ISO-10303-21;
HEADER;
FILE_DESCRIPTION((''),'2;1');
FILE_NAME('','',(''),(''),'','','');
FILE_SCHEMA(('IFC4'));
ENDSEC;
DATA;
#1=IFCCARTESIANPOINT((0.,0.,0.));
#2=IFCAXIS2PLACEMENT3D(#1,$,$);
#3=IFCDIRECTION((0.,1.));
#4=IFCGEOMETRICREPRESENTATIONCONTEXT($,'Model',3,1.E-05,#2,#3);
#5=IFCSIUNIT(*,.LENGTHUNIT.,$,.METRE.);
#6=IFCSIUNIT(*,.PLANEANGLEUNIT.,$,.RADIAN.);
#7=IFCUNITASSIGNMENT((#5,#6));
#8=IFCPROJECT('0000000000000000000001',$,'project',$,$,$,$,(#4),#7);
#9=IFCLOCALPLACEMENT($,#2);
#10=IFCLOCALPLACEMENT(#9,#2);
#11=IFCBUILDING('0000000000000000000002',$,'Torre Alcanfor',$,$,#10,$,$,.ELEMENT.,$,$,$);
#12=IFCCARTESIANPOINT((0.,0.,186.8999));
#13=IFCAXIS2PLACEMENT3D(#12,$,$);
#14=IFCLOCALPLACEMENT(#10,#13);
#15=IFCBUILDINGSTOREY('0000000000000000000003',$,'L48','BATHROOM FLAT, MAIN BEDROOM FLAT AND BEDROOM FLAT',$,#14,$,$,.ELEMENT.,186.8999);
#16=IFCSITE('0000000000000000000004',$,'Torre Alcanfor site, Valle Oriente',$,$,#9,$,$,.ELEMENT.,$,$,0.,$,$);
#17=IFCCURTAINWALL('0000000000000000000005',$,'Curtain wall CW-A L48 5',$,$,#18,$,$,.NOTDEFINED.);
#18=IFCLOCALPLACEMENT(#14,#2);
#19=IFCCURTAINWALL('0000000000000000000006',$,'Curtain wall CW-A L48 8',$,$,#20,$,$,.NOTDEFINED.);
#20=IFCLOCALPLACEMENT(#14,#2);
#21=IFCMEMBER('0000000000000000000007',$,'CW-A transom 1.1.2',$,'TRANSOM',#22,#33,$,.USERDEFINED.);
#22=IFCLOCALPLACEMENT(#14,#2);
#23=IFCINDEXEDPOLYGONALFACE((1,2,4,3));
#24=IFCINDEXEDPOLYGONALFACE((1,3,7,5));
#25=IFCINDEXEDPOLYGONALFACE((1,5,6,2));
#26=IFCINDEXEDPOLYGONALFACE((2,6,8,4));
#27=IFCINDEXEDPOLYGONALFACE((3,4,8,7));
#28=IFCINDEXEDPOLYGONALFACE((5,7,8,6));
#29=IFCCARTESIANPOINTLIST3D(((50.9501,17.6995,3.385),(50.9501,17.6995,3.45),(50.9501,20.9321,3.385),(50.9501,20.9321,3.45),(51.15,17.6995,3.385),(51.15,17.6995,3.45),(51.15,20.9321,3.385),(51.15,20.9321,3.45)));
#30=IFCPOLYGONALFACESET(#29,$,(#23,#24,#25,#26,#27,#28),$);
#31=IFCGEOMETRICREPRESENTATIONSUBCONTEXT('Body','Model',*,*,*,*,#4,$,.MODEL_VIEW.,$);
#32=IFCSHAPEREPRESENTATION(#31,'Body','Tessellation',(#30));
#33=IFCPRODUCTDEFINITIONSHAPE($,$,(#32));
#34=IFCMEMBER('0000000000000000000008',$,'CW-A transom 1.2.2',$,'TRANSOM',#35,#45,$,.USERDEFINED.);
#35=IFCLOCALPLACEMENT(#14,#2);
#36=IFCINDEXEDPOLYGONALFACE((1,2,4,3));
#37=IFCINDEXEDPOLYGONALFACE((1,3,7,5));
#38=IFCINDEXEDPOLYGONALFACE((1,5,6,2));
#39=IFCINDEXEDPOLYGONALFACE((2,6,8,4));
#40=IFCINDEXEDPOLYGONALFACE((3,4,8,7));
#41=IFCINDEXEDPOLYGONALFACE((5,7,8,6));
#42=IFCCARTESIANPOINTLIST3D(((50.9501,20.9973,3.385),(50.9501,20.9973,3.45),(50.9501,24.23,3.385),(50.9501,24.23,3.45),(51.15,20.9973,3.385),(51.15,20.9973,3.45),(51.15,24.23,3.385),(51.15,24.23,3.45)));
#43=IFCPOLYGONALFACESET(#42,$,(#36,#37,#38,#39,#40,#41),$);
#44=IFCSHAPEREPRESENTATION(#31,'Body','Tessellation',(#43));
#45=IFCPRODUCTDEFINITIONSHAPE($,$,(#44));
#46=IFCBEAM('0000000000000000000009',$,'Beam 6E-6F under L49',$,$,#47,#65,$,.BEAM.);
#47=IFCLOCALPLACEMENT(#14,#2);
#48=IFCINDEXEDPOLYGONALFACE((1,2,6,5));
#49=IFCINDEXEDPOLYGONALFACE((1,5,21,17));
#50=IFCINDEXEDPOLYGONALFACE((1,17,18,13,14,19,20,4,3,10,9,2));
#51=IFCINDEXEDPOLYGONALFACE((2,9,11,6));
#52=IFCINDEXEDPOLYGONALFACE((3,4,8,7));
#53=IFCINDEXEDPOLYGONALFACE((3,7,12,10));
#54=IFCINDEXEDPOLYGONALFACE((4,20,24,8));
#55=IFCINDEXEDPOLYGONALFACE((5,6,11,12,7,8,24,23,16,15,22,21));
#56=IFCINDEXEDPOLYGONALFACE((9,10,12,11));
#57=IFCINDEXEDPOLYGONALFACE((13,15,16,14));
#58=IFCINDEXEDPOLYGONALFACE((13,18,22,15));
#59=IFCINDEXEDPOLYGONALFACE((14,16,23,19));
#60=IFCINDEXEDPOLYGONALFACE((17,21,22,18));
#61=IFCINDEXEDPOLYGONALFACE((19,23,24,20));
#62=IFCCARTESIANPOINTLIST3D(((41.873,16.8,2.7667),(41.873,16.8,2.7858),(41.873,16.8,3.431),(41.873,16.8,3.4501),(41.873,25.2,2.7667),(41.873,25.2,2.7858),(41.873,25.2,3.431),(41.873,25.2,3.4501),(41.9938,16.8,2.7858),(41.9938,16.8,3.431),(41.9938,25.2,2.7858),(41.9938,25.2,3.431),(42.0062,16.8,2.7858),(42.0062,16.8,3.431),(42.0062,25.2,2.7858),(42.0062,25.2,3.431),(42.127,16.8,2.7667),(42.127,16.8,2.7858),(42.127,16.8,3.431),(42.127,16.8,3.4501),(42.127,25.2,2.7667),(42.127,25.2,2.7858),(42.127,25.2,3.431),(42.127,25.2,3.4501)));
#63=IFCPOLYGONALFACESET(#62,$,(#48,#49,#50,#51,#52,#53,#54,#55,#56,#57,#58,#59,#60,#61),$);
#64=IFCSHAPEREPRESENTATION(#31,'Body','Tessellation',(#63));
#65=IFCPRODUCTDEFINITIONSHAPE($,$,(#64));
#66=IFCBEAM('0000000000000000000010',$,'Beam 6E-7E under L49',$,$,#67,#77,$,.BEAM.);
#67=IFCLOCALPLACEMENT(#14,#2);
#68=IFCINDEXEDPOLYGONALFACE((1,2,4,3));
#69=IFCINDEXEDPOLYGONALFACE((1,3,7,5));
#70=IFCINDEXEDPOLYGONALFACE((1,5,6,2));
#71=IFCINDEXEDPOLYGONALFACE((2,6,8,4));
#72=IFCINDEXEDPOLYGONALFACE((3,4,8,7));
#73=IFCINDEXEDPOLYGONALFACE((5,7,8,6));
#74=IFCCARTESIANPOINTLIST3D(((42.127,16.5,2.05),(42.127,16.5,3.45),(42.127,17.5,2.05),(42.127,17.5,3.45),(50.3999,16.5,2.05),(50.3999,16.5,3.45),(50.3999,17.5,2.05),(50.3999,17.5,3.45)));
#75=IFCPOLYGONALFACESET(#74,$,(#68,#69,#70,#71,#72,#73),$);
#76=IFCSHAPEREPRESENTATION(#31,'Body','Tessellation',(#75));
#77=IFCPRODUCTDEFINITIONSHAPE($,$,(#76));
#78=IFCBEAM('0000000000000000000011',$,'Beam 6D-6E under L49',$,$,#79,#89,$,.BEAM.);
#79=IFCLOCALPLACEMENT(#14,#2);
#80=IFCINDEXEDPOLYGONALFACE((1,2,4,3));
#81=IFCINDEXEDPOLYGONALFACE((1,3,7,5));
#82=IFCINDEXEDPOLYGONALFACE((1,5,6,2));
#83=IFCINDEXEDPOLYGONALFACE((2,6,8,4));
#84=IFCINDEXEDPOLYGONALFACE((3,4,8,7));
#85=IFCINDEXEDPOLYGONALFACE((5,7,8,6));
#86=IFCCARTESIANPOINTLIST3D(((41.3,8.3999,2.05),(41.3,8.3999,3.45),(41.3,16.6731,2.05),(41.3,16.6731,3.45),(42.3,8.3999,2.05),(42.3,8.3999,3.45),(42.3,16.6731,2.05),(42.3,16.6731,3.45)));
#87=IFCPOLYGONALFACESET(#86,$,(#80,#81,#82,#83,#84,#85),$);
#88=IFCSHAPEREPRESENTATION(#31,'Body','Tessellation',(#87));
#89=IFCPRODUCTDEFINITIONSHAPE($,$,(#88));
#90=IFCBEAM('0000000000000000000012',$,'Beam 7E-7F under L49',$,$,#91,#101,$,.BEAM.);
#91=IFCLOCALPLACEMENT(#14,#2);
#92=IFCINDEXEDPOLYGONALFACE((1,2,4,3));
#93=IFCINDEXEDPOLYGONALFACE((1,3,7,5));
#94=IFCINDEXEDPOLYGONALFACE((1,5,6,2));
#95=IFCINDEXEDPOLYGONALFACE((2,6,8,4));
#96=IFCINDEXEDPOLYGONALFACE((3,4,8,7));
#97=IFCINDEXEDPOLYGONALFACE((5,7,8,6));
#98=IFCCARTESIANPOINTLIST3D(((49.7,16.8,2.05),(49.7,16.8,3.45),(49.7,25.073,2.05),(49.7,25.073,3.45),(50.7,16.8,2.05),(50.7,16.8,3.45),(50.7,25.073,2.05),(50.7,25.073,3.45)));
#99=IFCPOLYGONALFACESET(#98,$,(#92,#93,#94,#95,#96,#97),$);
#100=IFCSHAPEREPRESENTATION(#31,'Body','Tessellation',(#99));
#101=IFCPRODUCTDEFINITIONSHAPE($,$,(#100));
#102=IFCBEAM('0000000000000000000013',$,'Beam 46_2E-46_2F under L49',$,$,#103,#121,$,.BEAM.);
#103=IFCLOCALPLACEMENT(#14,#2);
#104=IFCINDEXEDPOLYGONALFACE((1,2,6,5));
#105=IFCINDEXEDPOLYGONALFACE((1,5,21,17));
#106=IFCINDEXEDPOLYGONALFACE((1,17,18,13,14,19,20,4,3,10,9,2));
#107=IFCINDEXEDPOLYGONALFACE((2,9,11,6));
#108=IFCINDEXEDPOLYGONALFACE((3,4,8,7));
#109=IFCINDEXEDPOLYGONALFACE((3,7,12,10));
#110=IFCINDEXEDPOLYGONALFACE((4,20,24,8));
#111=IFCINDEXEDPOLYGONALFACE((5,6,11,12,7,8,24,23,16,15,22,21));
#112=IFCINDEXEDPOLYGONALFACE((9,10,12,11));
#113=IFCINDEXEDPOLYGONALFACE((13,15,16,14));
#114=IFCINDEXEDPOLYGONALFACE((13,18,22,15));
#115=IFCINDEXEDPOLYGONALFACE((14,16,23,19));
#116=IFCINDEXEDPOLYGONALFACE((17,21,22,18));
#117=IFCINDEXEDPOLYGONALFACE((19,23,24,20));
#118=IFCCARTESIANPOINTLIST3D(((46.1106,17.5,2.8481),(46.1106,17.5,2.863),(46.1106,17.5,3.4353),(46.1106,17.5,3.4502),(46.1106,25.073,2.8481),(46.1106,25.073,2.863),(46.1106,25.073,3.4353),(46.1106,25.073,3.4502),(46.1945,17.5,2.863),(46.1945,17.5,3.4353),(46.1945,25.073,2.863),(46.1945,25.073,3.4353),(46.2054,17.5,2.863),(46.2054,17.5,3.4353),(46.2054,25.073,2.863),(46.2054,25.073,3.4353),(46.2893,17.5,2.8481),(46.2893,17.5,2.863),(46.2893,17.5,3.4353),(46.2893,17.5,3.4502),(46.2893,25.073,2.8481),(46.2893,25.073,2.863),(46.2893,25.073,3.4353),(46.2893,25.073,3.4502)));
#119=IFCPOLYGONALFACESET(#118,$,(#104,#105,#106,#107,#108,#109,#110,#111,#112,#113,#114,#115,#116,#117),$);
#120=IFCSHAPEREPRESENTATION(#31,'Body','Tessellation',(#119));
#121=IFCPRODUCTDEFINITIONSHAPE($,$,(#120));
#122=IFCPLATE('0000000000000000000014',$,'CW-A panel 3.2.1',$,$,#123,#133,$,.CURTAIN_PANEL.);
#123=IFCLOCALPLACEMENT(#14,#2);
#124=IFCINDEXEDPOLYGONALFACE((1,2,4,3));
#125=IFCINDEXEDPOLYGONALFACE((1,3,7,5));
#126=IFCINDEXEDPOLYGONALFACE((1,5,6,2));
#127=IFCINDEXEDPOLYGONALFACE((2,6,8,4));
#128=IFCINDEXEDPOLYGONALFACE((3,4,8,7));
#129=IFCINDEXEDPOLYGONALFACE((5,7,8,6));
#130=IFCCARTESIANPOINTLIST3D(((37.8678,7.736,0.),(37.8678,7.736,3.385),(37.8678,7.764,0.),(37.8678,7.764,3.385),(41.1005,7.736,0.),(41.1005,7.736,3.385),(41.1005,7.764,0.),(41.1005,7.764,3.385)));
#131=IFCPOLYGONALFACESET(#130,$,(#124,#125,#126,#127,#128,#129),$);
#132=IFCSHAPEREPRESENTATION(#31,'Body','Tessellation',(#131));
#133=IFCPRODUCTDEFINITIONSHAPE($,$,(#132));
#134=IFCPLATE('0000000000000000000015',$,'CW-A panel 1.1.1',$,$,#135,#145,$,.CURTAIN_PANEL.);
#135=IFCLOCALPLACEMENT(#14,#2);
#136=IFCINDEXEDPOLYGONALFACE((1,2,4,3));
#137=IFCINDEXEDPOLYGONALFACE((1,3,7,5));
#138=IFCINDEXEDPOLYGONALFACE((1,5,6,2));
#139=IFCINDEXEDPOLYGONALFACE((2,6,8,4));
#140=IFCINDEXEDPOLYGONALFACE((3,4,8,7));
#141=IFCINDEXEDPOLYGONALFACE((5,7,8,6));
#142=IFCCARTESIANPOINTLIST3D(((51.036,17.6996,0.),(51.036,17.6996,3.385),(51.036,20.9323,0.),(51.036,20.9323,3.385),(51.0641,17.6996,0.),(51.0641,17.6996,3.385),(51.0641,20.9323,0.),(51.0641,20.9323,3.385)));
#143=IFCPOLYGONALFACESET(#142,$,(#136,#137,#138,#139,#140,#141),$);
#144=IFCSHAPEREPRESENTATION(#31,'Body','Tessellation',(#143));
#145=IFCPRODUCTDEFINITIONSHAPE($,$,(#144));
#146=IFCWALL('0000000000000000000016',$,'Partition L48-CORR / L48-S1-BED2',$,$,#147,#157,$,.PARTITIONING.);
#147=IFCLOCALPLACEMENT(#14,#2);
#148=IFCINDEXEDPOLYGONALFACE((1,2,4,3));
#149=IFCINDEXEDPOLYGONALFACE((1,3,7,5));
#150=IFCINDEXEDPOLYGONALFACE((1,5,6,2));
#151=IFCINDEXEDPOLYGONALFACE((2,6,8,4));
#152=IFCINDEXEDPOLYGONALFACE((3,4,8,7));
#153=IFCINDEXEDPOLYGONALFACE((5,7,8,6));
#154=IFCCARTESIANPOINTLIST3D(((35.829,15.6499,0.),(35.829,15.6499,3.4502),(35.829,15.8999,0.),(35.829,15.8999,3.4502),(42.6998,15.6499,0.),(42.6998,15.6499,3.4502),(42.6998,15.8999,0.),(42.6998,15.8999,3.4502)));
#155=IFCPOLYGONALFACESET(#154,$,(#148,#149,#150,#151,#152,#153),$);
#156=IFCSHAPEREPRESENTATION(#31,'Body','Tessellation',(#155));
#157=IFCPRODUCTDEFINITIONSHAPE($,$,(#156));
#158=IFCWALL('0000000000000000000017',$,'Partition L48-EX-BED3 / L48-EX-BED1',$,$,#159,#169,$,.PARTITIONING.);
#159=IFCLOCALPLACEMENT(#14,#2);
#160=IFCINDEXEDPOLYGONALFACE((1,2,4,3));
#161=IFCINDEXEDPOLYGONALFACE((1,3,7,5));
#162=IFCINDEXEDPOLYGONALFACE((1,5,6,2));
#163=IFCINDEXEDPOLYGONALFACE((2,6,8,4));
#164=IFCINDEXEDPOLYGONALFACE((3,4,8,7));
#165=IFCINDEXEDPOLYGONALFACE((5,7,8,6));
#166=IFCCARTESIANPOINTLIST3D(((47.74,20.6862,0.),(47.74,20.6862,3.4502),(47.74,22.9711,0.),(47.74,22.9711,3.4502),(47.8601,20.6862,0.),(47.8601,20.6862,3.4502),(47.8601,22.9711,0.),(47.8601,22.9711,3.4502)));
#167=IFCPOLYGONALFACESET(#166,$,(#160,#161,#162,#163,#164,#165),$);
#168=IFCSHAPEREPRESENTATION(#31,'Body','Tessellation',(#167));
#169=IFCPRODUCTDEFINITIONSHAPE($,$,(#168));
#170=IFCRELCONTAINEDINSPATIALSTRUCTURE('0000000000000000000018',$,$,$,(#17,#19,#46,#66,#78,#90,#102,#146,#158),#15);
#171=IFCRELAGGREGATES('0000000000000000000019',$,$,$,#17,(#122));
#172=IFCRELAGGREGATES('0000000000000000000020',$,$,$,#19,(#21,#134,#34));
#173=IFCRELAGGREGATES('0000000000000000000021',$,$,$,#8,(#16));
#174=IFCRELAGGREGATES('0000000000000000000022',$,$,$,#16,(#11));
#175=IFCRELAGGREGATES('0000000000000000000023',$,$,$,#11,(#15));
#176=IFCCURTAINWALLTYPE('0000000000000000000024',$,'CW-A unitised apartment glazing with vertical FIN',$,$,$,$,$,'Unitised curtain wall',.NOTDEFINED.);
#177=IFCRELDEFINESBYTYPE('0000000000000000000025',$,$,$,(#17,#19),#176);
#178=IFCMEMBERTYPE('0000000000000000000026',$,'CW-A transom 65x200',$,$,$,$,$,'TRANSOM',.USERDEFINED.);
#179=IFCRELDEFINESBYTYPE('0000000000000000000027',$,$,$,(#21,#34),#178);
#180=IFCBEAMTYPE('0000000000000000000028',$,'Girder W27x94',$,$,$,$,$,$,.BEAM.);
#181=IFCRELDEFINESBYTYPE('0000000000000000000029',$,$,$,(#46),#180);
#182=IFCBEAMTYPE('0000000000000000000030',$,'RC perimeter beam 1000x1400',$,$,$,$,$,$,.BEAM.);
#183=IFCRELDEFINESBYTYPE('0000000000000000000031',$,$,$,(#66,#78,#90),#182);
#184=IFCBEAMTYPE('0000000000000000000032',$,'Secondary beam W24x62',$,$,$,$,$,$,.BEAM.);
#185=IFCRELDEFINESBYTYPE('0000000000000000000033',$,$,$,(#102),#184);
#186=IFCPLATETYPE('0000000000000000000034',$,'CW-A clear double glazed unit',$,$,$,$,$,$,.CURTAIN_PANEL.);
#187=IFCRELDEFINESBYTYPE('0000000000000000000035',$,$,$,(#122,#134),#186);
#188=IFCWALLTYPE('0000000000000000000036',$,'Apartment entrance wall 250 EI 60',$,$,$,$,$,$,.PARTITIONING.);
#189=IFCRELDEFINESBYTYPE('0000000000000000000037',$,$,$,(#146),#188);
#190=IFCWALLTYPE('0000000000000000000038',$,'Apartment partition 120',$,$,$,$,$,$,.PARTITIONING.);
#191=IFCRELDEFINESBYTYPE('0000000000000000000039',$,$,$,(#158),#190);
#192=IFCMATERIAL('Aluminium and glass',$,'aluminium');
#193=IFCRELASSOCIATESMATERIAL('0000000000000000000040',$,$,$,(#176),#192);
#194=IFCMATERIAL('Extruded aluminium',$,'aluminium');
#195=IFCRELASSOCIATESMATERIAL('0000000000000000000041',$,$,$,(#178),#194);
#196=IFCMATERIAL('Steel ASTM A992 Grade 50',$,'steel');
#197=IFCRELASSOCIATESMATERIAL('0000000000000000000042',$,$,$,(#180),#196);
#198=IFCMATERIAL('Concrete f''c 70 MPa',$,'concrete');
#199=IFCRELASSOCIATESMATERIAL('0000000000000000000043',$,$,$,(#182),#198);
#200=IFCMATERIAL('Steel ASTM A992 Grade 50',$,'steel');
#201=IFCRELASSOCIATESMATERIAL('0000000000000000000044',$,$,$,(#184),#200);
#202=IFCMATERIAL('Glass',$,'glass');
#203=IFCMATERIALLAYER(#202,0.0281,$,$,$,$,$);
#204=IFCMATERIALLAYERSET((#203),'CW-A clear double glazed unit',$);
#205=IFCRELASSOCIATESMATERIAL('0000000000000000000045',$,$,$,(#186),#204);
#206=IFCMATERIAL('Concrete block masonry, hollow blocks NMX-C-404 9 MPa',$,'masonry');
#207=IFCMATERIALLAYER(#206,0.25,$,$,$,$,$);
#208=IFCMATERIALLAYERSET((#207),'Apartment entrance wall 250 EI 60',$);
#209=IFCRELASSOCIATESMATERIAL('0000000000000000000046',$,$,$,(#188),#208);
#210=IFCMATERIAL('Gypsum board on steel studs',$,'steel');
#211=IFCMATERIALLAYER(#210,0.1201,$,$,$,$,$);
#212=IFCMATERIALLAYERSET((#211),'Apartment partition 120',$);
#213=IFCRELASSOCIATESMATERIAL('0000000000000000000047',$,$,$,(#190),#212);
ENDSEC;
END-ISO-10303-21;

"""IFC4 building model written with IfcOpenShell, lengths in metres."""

from ifc_helpers import new_model, si_unit, direction, frame, frame_2d, origin, origin_2d, place, context, subcontext, project, spatial, rectangle, i_section, extrude, material, layer, layer_set, material_profile, profile_set, type_object, element, aggregate, save


model = new_model("IFC4")

# Units and contexts
model_context = context("Model", 3, precision=1e-05, world=origin(), true_north=direction((0.0, 1.0)))
body_context = subcontext(model_context, "Body", "Model", "MODEL_VIEW")
ifc_project = project(units=[si_unit("LENGTHUNIT", "METRE"), si_unit("PLANEANGLEUNIT", "RADIAN")], contexts=[model_context])

# Site, building, storey
site_placement = place(None, origin())
site = spatial("IfcSite", under=ifc_project, at=site_placement, Name="Torre Alcanfor site, Valle Oriente", CompositionType="ELEMENT", RefElevation=0.0)
building_placement = place(site_placement, origin())
building = spatial("IfcBuilding", under=site, at=building_placement, Name="Torre Alcanfor", CompositionType="ELEMENT")
storey_placement = place(building_placement, frame((0.0, 0.0, 186.8999)))
storey = spatial("IfcBuildingStorey", under=building, at=storey_placement, Name="L48", Description="BATHROOM FLAT, MAIN BEDROOM FLAT AND BEDROOM FLAT", CompositionType="ELEMENT", Elevation=186.8999)

# Curtain wall
ifc_material_1 = material(Name="Aluminium and glass", Category="aluminium")
curtain_wall_type = type_object("IfcCurtainWallType", Name="CW-A unitised apartment glazing with vertical FIN", ElementType="Unitised curtain wall", PredefinedType="NOTDEFINED", material=ifc_material_1)
curtain_wall_1_placement = place(storey_placement, origin())
curtain_wall_1 = element("IfcCurtainWall", 1, at=curtain_wall_1_placement, inside=storey, type_object=curtain_wall_type, Name="Curtain wall CW-A L48 5", PredefinedType="NOTDEFINED")

# Curtain wall
curtain_wall_2_placement = place(storey_placement, origin())
curtain_wall_2 = element("IfcCurtainWall", 2, at=curtain_wall_2_placement, inside=storey, type_object=curtain_wall_type, Name="Curtain wall CW-A L48 8", PredefinedType="NOTDEFINED")

# Members
ifc_material_2 = material(Name="Extruded aluminium", Category="aluminium")
ifc_material_profile_1 = material_profile(ifc_material_2, rectangle(XDim=0.2, YDim=0.0649, at=origin_2d()), Name="CW-A transom 200x65")
ifc_profile_set_1 = profile_set([ifc_material_profile_1], Name="Extruded aluminium")
member_type_1 = type_object("IfcMemberType", Name="CW-A transom 65x200", ElementType="TRANSOM", PredefinedType="USERDEFINED", material=ifc_profile_set_1)
member_1_placement = place(storey_placement, frame((51.05, 17.6995, 3.4175), z_axis=(0.0, 1.0, 0.0), x_axis=(-1.0, 0.0, 0.0)))
member_1 = element("IfcMember", 3, at=member_1_placement, type_object=member_type_1, Name="CW-A transom 1.1.2", ObjectType="TRANSOM", PredefinedType="USERDEFINED", context=body_context, shape_type="SweptSolid", body=[
    extrude(rectangle(XDim=0.2, YDim=0.0649, at=origin_2d()), origin(), (0.0, 0.0, 1.0), 3.2327),
])
member_2_placement = place(storey_placement, frame((51.05, 20.9973, 3.4175), z_axis=(0.0, 1.0, 0.0), x_axis=(-1.0, 0.0, 0.0)))
member_2 = element("IfcMember", 4, at=member_2_placement, type_object=member_type_1, Name="CW-A transom 1.2.2", ObjectType="TRANSOM", PredefinedType="USERDEFINED", context=body_context, shape_type="SweptSolid", body=[
    extrude(rectangle(XDim=0.2, YDim=0.0649, at=origin_2d()), origin(), (0.0, 0.0, 1.0), 3.2327),
])

# Beams
ifc_material_3 = material(Name="Steel ASTM A992 Grade 50", Category="steel")
ifc_material_profile_2 = material_profile(ifc_material_3, i_section(OverallWidth=0.2539, OverallDepth=0.6833, WebThickness=0.0125, FlangeThickness=0.019, at=origin_2d()), Name="W27x94")
ifc_profile_set_2 = profile_set([ifc_material_profile_2], Name="Steel ASTM A992 Grade 50")
beam_type_1 = type_object("IfcBeamType", Name="Girder W27x94", PredefinedType="BEAM", material=ifc_profile_set_2)
beam_1_placement = place(storey_placement, frame((42.0, 16.8, 3.1084), z_axis=(0.0, 1.0, 0.0), x_axis=(-1.0, 0.0, 0.0)))
element("IfcBeam", 5, at=beam_1_placement, inside=storey, type_object=beam_type_1, Name="Beam 6E-6F under L49", PredefinedType="BEAM", context=body_context, shape_type="SweptSolid", body=[
    extrude(i_section(OverallWidth=0.2539, OverallDepth=0.6833, WebThickness=0.0125, FlangeThickness=0.019, at=origin_2d()), origin(), (0.0, 0.0, 1.0), 8.3999),
])
ifc_material_4 = material(Name="Concrete f'c 70 MPa", Category="concrete")
ifc_material_profile_3 = material_profile(ifc_material_4, rectangle(XDim=1.0, YDim=1.3999, at=origin_2d()), Name="1000x1400")
ifc_profile_set_3 = profile_set([ifc_material_profile_3], Name="Concrete f'c 70 MPa")
beam_type_2 = type_object("IfcBeamType", Name="RC perimeter beam 1000x1400", PredefinedType="BEAM", material=ifc_profile_set_3)
beam_2_placement = place(storey_placement, frame((42.127, 17.0, 2.75), z_axis=(1.0, 0.0, 0.0), x_axis=(0.0, 1.0, 0.0)))
element("IfcBeam", 6, at=beam_2_placement, inside=storey, type_object=beam_type_2, Name="Beam 6E-7E under L49", PredefinedType="BEAM", context=body_context, shape_type="SweptSolid", body=[
    extrude(rectangle(XDim=1.0, YDim=1.3999, at=origin_2d()), origin(), (0.0, 0.0, 1.0), 8.2729),
])
beam_3_placement = place(storey_placement, frame((41.8, 8.3999, 2.75), z_axis=(0.0, 1.0, 0.0), x_axis=(-1.0, 0.0, 0.0)))
element("IfcBeam", 7, at=beam_3_placement, inside=storey, type_object=beam_type_2, Name="Beam 6D-6E under L49", PredefinedType="BEAM", context=body_context, shape_type="SweptSolid", body=[
    extrude(rectangle(XDim=1.0, YDim=1.3999, at=origin_2d()), origin(), (0.0, 0.0, 1.0), 8.2732),
])
beam_4_placement = place(storey_placement, frame((50.2, 16.8, 2.75), z_axis=(0.0, 1.0, 0.0), x_axis=(-1.0, 0.0, 0.0)))
element("IfcBeam", 8, at=beam_4_placement, inside=storey, type_object=beam_type_2, Name="Beam 7E-7F under L49", PredefinedType="BEAM", context=body_context, shape_type="SweptSolid", body=[
    extrude(rectangle(XDim=1.0, YDim=1.3999, at=origin_2d()), origin(), (0.0, 0.0, 1.0), 8.2729),
])
ifc_material_5 = material(Name="Steel ASTM A992 Grade 50", Category="steel")
ifc_material_profile_4 = material_profile(ifc_material_5, i_section(OverallWidth=0.1787, OverallDepth=0.6021, WebThickness=0.011, FlangeThickness=0.0149, at=origin_2d()), Name="W24x62")
ifc_profile_set_4 = profile_set([ifc_material_profile_4], Name="Steel ASTM A992 Grade 50")
beam_type_3 = type_object("IfcBeamType", Name="Secondary beam W24x62", PredefinedType="BEAM", material=ifc_profile_set_4)
beam_5_placement = place(storey_placement, frame((46.2, 17.5, 3.1492), z_axis=(0.0, 1.0, 0.0), x_axis=(-1.0, 0.0, 0.0)))
element("IfcBeam", 9, at=beam_5_placement, inside=storey, type_object=beam_type_3, Name="Beam 46_2E-46_2F under L49", PredefinedType="BEAM", context=body_context, shape_type="SweptSolid", body=[
    extrude(i_section(OverallWidth=0.1787, OverallDepth=0.6021, WebThickness=0.011, FlangeThickness=0.0149, at=origin_2d()), origin(), (0.0, 0.0, 1.0), 7.573),
])

# Plates
ifc_material_6 = material(Name="Glass", Category="glass")
ifc_layer_1 = layer(ifc_material_6, 0.0281)
ifc_layer_set_1 = layer_set([ifc_layer_1], Name="CW-A clear double glazed unit")
plate_type = type_object("IfcPlateType", Name="CW-A clear double glazed unit", PredefinedType="CURTAIN_PANEL", material=ifc_layer_set_1)
plate_1_placement = place(storey_placement, frame((39.4841, 7.75, 0.0), z_axis=(0.0, 0.0, 1.0), x_axis=(1.0, 0.0, 0.0)))
plate_1 = element("IfcPlate", 10, at=plate_1_placement, type_object=plate_type, Name="CW-A panel 3.2.1", PredefinedType="CURTAIN_PANEL", context=body_context, shape_type="SweptSolid", body=[
    extrude(rectangle(XDim=3.2327, YDim=0.0281, at=origin_2d()), origin(), (0.0, 0.0, 1.0), 3.385),
])
aggregate(curtain_wall_1, [plate_1])
plate_2_placement = place(storey_placement, frame((51.05, 19.3159, 0.0), z_axis=(0.0, 0.0, 1.0), x_axis=(0.0, 1.0, 0.0)))
plate_2 = element("IfcPlate", 11, at=plate_2_placement, type_object=plate_type, Name="CW-A panel 1.1.1", PredefinedType="CURTAIN_PANEL", context=body_context, shape_type="SweptSolid", body=[
    extrude(rectangle(XDim=3.2327, YDim=0.0281, at=origin_2d()), origin(), (0.0, 0.0, 1.0), 3.385),
])
aggregate(curtain_wall_2, [member_1, plate_2, member_2])

# Walls
ifc_material_7 = material(Name="Concrete block masonry, hollow blocks NMX-C-404 9 MPa", Category="masonry")
ifc_layer_2 = layer(ifc_material_7, 0.25)
ifc_layer_set_2 = layer_set([ifc_layer_2], Name="Apartment entrance wall 250 EI 60")
wall_type_1 = type_object("IfcWallType", Name="Apartment entrance wall 250 EI 60", PredefinedType="PARTITIONING", material=ifc_layer_set_2)
wall_1_placement = place(storey_placement, frame((42.7, 15.7749, 0.0), z_axis=(0.0, 0.0, 1.0), x_axis=(-1.0, 0.0, 0.0)))
element("IfcWall", 12, at=wall_1_placement, inside=storey, type_object=wall_type_1, Name="Partition L48-CORR / L48-S1-BED2", PredefinedType="PARTITIONING", context=body_context, shape_type="SweptSolid", body=[
    extrude(rectangle(XDim=6.8708, YDim=0.25, at=frame_2d((3.4355, 0.0))), origin(), (0.0, 0.0, 1.0), 3.4502),
])
ifc_material_8 = material(Name="Gypsum board on steel studs", Category="steel")
ifc_layer_3 = layer(ifc_material_8, 0.1201)
ifc_layer_set_3 = layer_set([ifc_layer_3], Name="Apartment partition 120")
wall_type_2 = type_object("IfcWallType", Name="Apartment partition 120", PredefinedType="PARTITIONING", material=ifc_layer_set_3)
wall_2_placement = place(storey_placement, frame((47.8, 20.686, 0.0), z_axis=(0.0, 0.0, 1.0), x_axis=(0.0, 1.0, 0.0)))
element("IfcWall", 13, at=wall_2_placement, inside=storey, type_object=wall_type_2, Name="Partition L48-EX-BED3 / L48-EX-BED1", PredefinedType="PARTITIONING", context=body_context, shape_type="SweptSolid", body=[
    extrude(rectangle(XDim=2.2849, YDim=0.1201, at=frame_2d((1.1426, 0.0))), origin(), (0.0, 0.0, 1.0), 3.4502),
])

save(model, "model.ifc")
